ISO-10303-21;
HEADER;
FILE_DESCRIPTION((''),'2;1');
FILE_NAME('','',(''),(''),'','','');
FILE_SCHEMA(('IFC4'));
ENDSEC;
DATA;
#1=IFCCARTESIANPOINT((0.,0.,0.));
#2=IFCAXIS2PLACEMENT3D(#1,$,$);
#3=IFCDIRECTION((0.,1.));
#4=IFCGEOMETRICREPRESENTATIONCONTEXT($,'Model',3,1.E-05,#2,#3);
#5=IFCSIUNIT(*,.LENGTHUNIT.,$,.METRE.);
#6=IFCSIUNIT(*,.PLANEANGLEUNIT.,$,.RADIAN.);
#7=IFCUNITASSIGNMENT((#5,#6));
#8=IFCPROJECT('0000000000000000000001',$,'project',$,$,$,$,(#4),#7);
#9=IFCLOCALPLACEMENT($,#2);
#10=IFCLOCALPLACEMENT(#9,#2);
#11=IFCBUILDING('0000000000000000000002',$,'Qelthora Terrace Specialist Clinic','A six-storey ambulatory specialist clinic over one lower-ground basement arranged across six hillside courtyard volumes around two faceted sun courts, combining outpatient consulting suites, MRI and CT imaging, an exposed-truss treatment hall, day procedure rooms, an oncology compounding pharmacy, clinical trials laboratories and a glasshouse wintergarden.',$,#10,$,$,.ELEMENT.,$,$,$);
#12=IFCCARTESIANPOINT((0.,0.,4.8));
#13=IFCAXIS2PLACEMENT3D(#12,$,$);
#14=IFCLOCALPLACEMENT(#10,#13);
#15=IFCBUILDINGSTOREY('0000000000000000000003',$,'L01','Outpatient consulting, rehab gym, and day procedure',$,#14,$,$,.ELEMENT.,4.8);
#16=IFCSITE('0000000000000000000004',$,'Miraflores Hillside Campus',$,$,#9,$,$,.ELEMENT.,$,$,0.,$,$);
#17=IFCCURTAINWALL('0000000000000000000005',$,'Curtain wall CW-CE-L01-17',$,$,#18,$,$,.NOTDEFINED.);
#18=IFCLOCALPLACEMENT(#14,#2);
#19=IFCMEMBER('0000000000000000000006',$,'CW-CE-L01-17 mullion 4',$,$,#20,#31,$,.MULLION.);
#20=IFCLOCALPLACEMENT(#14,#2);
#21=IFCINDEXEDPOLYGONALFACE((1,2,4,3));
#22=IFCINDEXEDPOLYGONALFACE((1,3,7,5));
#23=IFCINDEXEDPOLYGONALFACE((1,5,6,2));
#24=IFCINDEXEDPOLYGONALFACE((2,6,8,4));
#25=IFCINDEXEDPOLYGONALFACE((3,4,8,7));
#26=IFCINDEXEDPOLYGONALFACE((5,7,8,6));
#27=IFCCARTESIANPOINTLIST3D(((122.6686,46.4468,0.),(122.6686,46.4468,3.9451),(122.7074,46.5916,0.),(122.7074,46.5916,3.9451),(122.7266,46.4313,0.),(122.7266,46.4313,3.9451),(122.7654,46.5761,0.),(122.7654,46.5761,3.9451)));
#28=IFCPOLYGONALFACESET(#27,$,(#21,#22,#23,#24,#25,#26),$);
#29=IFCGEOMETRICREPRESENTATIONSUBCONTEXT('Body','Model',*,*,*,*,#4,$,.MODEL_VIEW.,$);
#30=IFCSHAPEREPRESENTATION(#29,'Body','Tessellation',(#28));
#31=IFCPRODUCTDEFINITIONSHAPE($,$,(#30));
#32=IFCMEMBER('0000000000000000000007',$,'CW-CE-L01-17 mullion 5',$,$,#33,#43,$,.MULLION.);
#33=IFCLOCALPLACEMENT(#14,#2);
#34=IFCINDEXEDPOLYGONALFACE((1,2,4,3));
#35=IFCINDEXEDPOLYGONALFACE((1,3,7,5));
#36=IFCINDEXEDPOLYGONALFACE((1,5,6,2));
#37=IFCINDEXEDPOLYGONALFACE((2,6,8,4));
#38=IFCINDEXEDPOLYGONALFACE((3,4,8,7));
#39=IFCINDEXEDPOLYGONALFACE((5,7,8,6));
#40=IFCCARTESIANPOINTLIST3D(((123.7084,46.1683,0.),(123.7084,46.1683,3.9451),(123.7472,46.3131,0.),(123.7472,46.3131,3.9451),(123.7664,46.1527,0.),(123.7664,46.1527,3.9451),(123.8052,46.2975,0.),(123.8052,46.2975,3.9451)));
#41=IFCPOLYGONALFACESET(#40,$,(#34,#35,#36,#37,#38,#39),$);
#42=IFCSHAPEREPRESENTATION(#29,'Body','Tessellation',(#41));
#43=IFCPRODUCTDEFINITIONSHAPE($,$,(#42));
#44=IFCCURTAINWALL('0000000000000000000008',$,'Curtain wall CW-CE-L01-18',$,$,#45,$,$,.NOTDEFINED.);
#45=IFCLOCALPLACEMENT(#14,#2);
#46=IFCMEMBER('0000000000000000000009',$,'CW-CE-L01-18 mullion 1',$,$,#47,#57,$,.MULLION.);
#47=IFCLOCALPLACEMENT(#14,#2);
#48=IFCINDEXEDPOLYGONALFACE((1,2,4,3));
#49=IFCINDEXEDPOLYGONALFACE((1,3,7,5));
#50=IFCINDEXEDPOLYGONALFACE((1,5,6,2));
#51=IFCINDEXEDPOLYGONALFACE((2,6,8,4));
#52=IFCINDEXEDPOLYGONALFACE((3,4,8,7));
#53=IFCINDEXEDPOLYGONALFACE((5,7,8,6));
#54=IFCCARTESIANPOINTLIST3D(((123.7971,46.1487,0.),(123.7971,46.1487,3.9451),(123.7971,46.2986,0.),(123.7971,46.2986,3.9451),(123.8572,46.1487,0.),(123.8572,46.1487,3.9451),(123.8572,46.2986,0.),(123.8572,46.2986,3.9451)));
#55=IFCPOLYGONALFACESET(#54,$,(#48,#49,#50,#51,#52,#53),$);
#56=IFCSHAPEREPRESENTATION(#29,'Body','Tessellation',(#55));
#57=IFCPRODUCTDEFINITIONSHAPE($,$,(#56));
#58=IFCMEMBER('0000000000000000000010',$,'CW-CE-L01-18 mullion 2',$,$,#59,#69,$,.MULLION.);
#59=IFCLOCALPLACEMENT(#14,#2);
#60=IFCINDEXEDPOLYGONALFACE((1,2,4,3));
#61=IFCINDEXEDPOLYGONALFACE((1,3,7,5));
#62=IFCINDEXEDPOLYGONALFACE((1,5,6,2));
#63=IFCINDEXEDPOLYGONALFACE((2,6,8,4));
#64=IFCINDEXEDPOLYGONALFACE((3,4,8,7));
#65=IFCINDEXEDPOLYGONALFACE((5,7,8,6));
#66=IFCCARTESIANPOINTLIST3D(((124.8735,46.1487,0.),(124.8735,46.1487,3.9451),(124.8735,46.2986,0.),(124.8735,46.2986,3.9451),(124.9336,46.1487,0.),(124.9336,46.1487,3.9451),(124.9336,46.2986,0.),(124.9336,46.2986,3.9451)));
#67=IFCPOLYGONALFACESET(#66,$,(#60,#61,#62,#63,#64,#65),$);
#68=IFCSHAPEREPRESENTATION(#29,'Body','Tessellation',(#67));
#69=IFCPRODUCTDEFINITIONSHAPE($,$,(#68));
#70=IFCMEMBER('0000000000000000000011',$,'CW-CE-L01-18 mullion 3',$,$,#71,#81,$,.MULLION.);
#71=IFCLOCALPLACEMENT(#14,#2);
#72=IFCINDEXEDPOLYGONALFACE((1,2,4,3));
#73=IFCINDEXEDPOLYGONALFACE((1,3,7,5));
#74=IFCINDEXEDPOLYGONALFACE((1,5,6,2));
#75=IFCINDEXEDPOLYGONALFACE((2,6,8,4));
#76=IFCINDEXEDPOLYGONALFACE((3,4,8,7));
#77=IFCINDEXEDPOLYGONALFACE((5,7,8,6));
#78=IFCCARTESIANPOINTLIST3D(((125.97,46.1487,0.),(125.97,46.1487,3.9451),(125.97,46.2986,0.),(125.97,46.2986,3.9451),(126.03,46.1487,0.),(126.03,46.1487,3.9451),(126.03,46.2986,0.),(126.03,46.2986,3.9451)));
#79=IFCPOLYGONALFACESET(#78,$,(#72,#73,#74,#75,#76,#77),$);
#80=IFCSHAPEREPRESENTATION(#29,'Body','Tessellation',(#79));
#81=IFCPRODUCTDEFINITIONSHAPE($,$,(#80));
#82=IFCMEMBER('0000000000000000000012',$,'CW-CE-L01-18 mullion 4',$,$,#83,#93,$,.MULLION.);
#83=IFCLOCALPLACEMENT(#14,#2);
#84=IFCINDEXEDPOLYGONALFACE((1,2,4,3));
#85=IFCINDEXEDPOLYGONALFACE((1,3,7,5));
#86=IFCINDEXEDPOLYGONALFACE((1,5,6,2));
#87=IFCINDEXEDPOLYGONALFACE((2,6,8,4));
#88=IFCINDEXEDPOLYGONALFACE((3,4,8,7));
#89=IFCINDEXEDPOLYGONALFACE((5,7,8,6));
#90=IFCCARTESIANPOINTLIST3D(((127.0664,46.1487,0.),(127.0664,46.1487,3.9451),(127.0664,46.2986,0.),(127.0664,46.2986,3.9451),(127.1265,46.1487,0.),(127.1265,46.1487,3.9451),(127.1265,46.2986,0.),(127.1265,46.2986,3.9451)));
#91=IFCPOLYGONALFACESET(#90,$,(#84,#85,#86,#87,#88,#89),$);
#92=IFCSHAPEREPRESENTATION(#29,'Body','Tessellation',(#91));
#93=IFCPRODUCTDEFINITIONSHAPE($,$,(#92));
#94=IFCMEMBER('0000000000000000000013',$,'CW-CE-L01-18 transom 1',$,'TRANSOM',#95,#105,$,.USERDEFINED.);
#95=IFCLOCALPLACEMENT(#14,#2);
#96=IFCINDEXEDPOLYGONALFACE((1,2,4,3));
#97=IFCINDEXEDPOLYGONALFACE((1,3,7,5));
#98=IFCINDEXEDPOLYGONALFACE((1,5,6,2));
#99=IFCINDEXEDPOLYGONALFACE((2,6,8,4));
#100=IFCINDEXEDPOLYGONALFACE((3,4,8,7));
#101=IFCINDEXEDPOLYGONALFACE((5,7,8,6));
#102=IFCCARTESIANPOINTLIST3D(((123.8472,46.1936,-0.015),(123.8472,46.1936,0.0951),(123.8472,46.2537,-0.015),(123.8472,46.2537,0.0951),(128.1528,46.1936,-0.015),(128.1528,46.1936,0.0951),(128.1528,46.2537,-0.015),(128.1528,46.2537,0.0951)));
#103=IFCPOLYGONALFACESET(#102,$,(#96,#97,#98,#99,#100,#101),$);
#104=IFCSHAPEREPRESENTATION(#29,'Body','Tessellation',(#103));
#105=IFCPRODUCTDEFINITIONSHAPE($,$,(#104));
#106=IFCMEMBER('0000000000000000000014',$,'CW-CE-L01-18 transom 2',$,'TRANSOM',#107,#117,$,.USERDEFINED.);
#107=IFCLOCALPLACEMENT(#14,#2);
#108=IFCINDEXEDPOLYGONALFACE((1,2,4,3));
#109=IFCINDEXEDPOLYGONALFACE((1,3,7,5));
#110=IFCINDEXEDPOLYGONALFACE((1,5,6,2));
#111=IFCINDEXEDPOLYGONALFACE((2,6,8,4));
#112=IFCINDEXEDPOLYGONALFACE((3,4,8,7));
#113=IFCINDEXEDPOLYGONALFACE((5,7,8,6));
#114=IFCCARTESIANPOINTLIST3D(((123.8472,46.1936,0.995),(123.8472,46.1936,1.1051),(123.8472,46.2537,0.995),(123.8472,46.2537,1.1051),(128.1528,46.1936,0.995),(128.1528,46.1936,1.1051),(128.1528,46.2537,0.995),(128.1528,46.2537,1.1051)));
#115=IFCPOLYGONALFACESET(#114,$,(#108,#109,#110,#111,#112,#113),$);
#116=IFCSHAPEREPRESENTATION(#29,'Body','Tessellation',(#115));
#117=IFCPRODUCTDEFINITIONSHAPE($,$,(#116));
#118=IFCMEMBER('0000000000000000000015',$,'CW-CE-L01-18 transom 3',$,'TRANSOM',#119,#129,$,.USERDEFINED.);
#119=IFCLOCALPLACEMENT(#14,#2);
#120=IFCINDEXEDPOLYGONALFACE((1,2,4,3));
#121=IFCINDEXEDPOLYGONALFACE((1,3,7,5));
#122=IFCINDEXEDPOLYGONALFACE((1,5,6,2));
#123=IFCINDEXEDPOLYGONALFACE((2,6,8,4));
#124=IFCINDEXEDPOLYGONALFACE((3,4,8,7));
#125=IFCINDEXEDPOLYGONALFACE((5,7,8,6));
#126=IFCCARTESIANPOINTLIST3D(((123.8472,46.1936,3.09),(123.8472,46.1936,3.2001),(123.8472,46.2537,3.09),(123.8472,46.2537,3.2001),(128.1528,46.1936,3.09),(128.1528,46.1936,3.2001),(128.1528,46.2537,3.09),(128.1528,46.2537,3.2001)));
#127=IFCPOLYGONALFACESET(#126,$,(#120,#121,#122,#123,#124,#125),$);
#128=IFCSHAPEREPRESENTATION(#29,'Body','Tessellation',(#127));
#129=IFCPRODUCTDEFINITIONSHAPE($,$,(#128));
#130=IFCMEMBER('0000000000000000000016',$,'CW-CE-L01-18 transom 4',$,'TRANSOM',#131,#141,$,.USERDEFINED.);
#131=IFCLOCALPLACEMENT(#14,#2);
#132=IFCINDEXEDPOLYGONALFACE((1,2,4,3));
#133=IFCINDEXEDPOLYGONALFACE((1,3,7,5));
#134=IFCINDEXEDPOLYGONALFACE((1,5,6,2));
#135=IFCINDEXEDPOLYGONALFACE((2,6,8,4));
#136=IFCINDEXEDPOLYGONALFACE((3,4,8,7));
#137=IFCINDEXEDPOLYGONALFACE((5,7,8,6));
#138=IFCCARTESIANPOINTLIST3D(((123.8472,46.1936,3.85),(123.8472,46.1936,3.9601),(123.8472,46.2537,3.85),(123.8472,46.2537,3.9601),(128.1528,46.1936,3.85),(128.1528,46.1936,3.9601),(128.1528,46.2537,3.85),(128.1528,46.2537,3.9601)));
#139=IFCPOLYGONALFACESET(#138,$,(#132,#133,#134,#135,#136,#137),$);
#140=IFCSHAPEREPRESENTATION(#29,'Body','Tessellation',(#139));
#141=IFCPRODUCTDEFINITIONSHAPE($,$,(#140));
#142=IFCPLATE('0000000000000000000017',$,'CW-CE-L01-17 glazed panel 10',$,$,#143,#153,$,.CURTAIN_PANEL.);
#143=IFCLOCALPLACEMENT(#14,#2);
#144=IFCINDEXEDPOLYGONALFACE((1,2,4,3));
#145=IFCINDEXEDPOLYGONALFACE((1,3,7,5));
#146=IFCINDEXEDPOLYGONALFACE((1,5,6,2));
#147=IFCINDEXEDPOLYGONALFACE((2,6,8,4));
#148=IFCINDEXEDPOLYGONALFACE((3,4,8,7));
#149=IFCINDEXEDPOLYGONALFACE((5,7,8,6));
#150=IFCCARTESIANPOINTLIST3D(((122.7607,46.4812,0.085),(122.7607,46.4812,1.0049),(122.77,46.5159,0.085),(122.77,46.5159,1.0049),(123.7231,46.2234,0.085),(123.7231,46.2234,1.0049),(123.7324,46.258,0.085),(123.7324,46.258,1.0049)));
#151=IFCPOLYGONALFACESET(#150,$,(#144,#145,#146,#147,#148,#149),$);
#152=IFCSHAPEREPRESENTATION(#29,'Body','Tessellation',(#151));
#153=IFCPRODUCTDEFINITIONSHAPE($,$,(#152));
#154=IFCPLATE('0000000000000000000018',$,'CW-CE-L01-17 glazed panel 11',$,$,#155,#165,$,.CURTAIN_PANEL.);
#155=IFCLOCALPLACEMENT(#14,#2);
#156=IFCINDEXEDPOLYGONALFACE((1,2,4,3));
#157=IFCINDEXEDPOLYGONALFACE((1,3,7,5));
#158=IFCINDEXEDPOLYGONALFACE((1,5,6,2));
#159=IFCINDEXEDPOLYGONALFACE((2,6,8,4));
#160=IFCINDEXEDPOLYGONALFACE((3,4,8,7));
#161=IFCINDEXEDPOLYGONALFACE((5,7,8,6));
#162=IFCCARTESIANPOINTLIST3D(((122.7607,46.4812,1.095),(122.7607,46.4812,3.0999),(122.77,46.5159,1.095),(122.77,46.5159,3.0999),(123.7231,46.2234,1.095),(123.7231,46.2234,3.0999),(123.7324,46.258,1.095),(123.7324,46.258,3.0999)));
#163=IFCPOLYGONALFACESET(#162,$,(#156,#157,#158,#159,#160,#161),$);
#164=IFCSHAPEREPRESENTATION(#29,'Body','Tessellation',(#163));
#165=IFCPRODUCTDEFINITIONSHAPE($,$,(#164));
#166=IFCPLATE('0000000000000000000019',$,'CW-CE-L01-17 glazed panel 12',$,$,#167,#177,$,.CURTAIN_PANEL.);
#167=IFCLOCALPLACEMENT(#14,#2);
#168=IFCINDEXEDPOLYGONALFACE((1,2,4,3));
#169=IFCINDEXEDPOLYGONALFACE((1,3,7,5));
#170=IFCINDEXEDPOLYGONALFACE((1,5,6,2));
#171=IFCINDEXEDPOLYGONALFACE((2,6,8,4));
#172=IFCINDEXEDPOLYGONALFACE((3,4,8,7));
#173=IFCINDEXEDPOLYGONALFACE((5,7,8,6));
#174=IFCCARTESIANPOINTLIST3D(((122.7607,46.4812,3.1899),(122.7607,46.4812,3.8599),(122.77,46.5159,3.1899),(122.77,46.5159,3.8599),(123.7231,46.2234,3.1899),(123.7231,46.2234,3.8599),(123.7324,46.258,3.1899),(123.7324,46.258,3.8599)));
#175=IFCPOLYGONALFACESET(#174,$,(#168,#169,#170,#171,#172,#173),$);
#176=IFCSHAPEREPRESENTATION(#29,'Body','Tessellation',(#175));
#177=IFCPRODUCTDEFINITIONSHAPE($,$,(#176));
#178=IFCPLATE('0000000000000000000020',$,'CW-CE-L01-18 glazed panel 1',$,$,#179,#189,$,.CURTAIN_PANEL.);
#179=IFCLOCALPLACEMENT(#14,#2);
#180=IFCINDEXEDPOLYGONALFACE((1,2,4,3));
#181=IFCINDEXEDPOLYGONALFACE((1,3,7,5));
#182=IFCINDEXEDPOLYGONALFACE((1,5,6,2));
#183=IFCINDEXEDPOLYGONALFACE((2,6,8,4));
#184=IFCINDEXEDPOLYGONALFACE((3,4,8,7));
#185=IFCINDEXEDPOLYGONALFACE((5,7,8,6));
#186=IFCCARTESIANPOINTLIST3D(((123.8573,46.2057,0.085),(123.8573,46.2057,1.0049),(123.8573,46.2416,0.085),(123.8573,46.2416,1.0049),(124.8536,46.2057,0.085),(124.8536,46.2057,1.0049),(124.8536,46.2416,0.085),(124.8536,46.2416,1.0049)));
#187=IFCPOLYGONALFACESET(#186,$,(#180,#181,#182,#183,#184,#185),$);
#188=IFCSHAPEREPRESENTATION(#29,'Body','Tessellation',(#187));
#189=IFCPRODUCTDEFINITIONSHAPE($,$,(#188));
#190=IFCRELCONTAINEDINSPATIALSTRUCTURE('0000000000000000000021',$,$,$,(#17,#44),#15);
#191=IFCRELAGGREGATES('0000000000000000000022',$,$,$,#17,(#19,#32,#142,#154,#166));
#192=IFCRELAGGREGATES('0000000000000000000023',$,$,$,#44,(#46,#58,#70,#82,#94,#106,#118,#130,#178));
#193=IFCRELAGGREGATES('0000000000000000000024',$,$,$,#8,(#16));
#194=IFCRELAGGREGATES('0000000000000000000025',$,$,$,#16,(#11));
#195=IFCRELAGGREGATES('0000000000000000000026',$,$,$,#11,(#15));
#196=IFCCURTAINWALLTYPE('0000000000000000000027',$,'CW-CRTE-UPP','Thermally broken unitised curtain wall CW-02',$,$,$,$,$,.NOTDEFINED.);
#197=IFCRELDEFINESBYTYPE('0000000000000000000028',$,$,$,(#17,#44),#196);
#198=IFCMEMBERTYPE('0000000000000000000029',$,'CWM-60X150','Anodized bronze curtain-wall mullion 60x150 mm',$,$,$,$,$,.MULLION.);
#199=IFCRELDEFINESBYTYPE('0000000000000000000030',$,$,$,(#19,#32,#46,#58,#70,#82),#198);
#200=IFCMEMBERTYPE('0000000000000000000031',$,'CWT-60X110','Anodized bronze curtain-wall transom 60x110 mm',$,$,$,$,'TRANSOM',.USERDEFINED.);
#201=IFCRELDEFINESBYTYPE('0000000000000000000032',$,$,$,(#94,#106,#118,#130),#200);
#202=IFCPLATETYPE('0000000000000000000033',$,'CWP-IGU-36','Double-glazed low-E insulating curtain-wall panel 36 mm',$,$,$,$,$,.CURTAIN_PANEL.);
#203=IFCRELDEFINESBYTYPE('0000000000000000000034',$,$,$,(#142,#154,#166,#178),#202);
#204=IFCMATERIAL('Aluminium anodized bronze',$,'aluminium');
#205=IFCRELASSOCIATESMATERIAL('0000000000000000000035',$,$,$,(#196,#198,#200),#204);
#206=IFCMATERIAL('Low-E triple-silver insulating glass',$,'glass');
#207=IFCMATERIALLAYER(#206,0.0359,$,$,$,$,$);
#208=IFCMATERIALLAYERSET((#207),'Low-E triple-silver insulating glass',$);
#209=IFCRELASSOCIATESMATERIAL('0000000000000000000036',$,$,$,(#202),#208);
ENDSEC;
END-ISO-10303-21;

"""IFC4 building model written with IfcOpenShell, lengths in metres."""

from ifc_helpers import new_model, si_unit, direction, frame, origin, origin_2d, place, context, subcontext, project, spatial, rectangle, extrude, material, layer, layer_set, material_profile, profile_set, type_object, element, aggregate, save


model = new_model("IFC4")

# Units and contexts
model_context = context("Model", 3, precision=1e-05, world=origin(), true_north=direction((0.0, 1.0)))
body_context = subcontext(model_context, "Body", "Model", "MODEL_VIEW")
ifc_project = project(units=[si_unit("LENGTHUNIT", "METRE"), si_unit("PLANEANGLEUNIT", "RADIAN")], contexts=[model_context])

# Site, building, storey
site_placement = place(None, origin())
site = spatial("IfcSite", under=ifc_project, at=site_placement, Name="Miraflores Hillside Campus", CompositionType="ELEMENT", RefElevation=0.0)
building_placement = place(site_placement, origin())
building = spatial("IfcBuilding", under=site, at=building_placement, Name="Qelthora Terrace Specialist Clinic", Description="A six-storey ambulatory specialist clinic over one lower-ground basement arranged across six hillside courtyard volumes around two faceted sun courts, combining outpatient consulting suites, MRI and CT imaging, an exposed-truss treatment hall, day procedure rooms, an oncology compounding pharmacy, clinical trials laboratories and a glasshouse wintergarden.", CompositionType="ELEMENT")
storey_placement = place(building_placement, frame((0.0, 0.0, 4.8)))
storey = spatial("IfcBuildingStorey", under=building, at=storey_placement, Name="L01", Description="Outpatient consulting, rehab gym, and day procedure", CompositionType="ELEMENT", Elevation=4.8)

# Curtain walls, members
ifc_material_1 = material(Name="Aluminium anodized bronze", Category="aluminium")
curtain_wall_type = type_object("IfcCurtainWallType", Name="CW-CRTE-UPP", Description="Thermally broken unitised curtain wall CW-02", PredefinedType="NOTDEFINED", material=ifc_material_1)
curtain_wall_1_placement = place(storey_placement, origin())
curtain_wall_1 = element("IfcCurtainWall", 1, at=curtain_wall_1_placement, inside=storey, type_object=curtain_wall_type, Name="Curtain wall CW-CE-L01-17", PredefinedType="NOTDEFINED")
ifc_material_profile_1 = material_profile(ifc_material_1, rectangle(XDim=0.0601, YDim=0.1499, at=origin_2d()), Name="CWM60X150")
ifc_profile_set_1 = profile_set([ifc_material_profile_1], Name="Aluminium anodized bronze")
member_type_1 = type_object("IfcMemberType", Name="CWM-60X150", Description="Anodized bronze curtain-wall mullion 60x150 mm", PredefinedType="MULLION", material=ifc_profile_set_1)
member_1_placement = place(storey_placement, frame((122.717, 46.5115, 0.0), z_axis=(0.0, 0.0, 1.0), x_axis=(0.965926, -0.25882, 0.0)))
member_1 = element("IfcMember", 2, at=member_1_placement, type_object=member_type_1, Name="CW-CE-L01-17 mullion 4", PredefinedType="MULLION", context=body_context, shape_type="SweptSolid", body=[
    extrude(rectangle(XDim=0.0601, YDim=0.1499, at=origin_2d()), origin(), (0.0, 0.0, 1.0), 3.9451),
])
member_2_placement = place(storey_placement, frame((123.7568, 46.2329, 0.0), z_axis=(0.0, 0.0, 1.0), x_axis=(0.965926, -0.25882, 0.0)))
member_2 = element("IfcMember", 3, at=member_2_placement, type_object=member_type_1, Name="CW-CE-L01-17 mullion 5", PredefinedType="MULLION", context=body_context, shape_type="SweptSolid", body=[
    extrude(rectangle(XDim=0.0601, YDim=0.1499, at=origin_2d()), origin(), (0.0, 0.0, 1.0), 3.9451),
])
curtain_wall_2_placement = place(storey_placement, origin())
curtain_wall_2 = element("IfcCurtainWall", 4, at=curtain_wall_2_placement, inside=storey, type_object=curtain_wall_type, Name="Curtain wall CW-CE-L01-18", PredefinedType="NOTDEFINED")
member_3_placement = place(storey_placement, frame((123.8271, 46.2236, 0.0), z_axis=(0.0, 0.0, 1.0), x_axis=(1.0, 0.0, 0.0)))
member_3 = element("IfcMember", 5, at=member_3_placement, type_object=member_type_1, Name="CW-CE-L01-18 mullion 1", PredefinedType="MULLION", context=body_context, shape_type="SweptSolid", body=[
    extrude(rectangle(XDim=0.0601, YDim=0.1499, at=origin_2d()), origin(), (0.0, 0.0, 1.0), 3.9451),
])
member_4_placement = place(storey_placement, frame((124.9036, 46.2236, 0.0), z_axis=(0.0, 0.0, 1.0), x_axis=(1.0, 0.0, 0.0)))
member_4 = element("IfcMember", 6, at=member_4_placement, type_object=member_type_1, Name="CW-CE-L01-18 mullion 2", PredefinedType="MULLION", context=body_context, shape_type="SweptSolid", body=[
    extrude(rectangle(XDim=0.0601, YDim=0.1499, at=origin_2d()), origin(), (0.0, 0.0, 1.0), 3.9451),
])
member_5_placement = place(storey_placement, frame((126.0, 46.2236, 0.0), z_axis=(0.0, 0.0, 1.0), x_axis=(1.0, 0.0, 0.0)))
member_5 = element("IfcMember", 7, at=member_5_placement, type_object=member_type_1, Name="CW-CE-L01-18 mullion 3", PredefinedType="MULLION", context=body_context, shape_type="SweptSolid", body=[
    extrude(rectangle(XDim=0.0601, YDim=0.1499, at=origin_2d()), origin(), (0.0, 0.0, 1.0), 3.9451),
])
member_6_placement = place(storey_placement, frame((127.0964, 46.2236, 0.0), z_axis=(0.0, 0.0, 1.0), x_axis=(1.0, 0.0, 0.0)))
member_6 = element("IfcMember", 8, at=member_6_placement, type_object=member_type_1, Name="CW-CE-L01-18 mullion 4", PredefinedType="MULLION", context=body_context, shape_type="SweptSolid", body=[
    extrude(rectangle(XDim=0.0601, YDim=0.1499, at=origin_2d()), origin(), (0.0, 0.0, 1.0), 3.9451),
])
ifc_material_profile_2 = material_profile(ifc_material_1, rectangle(XDim=0.0601, YDim=0.1101, at=origin_2d()), Name="CWT60X110")
ifc_profile_set_2 = profile_set([ifc_material_profile_2], Name="Aluminium anodized bronze")
member_type_2 = type_object("IfcMemberType", Name="CWT-60X110", Description="Anodized bronze curtain-wall transom 60x110 mm", ElementType="TRANSOM", PredefinedType="USERDEFINED", material=ifc_profile_set_2)
member_7_placement = place(storey_placement, frame((123.8472, 46.2236, 0.04), z_axis=(1.0, 0.0, 0.0), x_axis=(0.0, 1.0, 0.0)))
member_7 = element("IfcMember", 9, at=member_7_placement, type_object=member_type_2, Name="CW-CE-L01-18 transom 1", ObjectType="TRANSOM", PredefinedType="USERDEFINED", context=body_context, shape_type="SweptSolid", body=[
    extrude(rectangle(XDim=0.0601, YDim=0.1101, at=origin_2d()), origin(), (0.0, 0.0, 1.0), 4.3057),
])
member_8_placement = place(storey_placement, frame((123.8472, 46.2236, 1.05), z_axis=(1.0, 0.0, 0.0), x_axis=(0.0, 1.0, 0.0)))
member_8 = element("IfcMember", 10, at=member_8_placement, type_object=member_type_2, Name="CW-CE-L01-18 transom 2", ObjectType="TRANSOM", PredefinedType="USERDEFINED", context=body_context, shape_type="SweptSolid", body=[
    extrude(rectangle(XDim=0.0601, YDim=0.1101, at=origin_2d()), origin(), (0.0, 0.0, 1.0), 4.3057),
])
member_9_placement = place(storey_placement, frame((123.8472, 46.2236, 3.145), z_axis=(1.0, 0.0, 0.0), x_axis=(0.0, 1.0, 0.0)))
member_9 = element("IfcMember", 11, at=member_9_placement, type_object=member_type_2, Name="CW-CE-L01-18 transom 3", ObjectType="TRANSOM", PredefinedType="USERDEFINED", context=body_context, shape_type="SweptSolid", body=[
    extrude(rectangle(XDim=0.0601, YDim=0.1101, at=origin_2d()), origin(), (0.0, 0.0, 1.0), 4.3057),
])
member_10_placement = place(storey_placement, frame((123.8472, 46.2236, 3.905), z_axis=(1.0, 0.0, 0.0), x_axis=(0.0, 1.0, 0.0)))
member_10 = element("IfcMember", 12, at=member_10_placement, type_object=member_type_2, Name="CW-CE-L01-18 transom 4", ObjectType="TRANSOM", PredefinedType="USERDEFINED", context=body_context, shape_type="SweptSolid", body=[
    extrude(rectangle(XDim=0.0601, YDim=0.1101, at=origin_2d()), origin(), (0.0, 0.0, 1.0), 4.3057),
])

# Plates
ifc_material_2 = material(Name="Low-E triple-silver insulating glass", Category="glass")
ifc_layer_1 = layer(ifc_material_2, 0.0359)
ifc_layer_set_1 = layer_set([ifc_layer_1], Name="Low-E triple-silver insulating glass")
plate_type = type_object("IfcPlateType", Name="CWP-IGU-36", Description="Double-glazed low-E insulating curtain-wall panel 36 mm", PredefinedType="CURTAIN_PANEL", material=ifc_layer_set_1)
plate_1_placement = place(storey_placement, frame((123.2466, 46.3696, 0.085), z_axis=(0.0, 0.0, 1.0), x_axis=(0.965926, -0.258819, 0.0)))
plate_1 = element("IfcPlate", 13, at=plate_1_placement, type_object=plate_type, Name="CW-CE-L01-17 glazed panel 10", PredefinedType="CURTAIN_PANEL", context=body_context, shape_type="SweptSolid", body=[
    extrude(rectangle(XDim=0.9963, YDim=0.0359, at=origin_2d()), origin(), (0.0, 0.0, 1.0), 0.9199),
])
plate_2_placement = place(storey_placement, frame((123.2466, 46.3696, 1.095), z_axis=(0.0, 0.0, 1.0), x_axis=(0.965926, -0.258819, 0.0)))
plate_2 = element("IfcPlate", 14, at=plate_2_placement, type_object=plate_type, Name="CW-CE-L01-17 glazed panel 11", PredefinedType="CURTAIN_PANEL", context=body_context, shape_type="SweptSolid", body=[
    extrude(rectangle(XDim=0.9963, YDim=0.0359, at=origin_2d()), origin(), (0.0, 0.0, 1.0), 2.0049),
])
plate_3_placement = place(storey_placement, frame((123.2466, 46.3696, 3.1899), z_axis=(0.0, 0.0, 1.0), x_axis=(0.965926, -0.258819, 0.0)))
plate_3 = element("IfcPlate", 15, at=plate_3_placement, type_object=plate_type, Name="CW-CE-L01-17 glazed panel 12", PredefinedType="CURTAIN_PANEL", context=body_context, shape_type="SweptSolid", body=[
    extrude(rectangle(XDim=0.9963, YDim=0.0359, at=origin_2d()), origin(), (0.0, 0.0, 1.0), 0.6699),
])
aggregate(curtain_wall_1, [member_1, member_2, plate_1, plate_2, plate_3])
plate_4_placement = place(storey_placement, frame((124.3555, 46.2236, 0.085), z_axis=(0.0, 0.0, 1.0), x_axis=(1.0, 0.0, 0.0)))
plate_4 = element("IfcPlate", 16, at=plate_4_placement, type_object=plate_type, Name="CW-CE-L01-18 glazed panel 1", PredefinedType="CURTAIN_PANEL", context=body_context, shape_type="SweptSolid", body=[
    extrude(rectangle(XDim=0.9963, YDim=0.0359, at=origin_2d()), origin(), (0.0, 0.0, 1.0), 0.9199),
])
aggregate(curtain_wall_2, [member_3, member_4, member_5, member_6, member_7, member_8, member_9, member_10, plate_4])

save(model, "model.ifc")
